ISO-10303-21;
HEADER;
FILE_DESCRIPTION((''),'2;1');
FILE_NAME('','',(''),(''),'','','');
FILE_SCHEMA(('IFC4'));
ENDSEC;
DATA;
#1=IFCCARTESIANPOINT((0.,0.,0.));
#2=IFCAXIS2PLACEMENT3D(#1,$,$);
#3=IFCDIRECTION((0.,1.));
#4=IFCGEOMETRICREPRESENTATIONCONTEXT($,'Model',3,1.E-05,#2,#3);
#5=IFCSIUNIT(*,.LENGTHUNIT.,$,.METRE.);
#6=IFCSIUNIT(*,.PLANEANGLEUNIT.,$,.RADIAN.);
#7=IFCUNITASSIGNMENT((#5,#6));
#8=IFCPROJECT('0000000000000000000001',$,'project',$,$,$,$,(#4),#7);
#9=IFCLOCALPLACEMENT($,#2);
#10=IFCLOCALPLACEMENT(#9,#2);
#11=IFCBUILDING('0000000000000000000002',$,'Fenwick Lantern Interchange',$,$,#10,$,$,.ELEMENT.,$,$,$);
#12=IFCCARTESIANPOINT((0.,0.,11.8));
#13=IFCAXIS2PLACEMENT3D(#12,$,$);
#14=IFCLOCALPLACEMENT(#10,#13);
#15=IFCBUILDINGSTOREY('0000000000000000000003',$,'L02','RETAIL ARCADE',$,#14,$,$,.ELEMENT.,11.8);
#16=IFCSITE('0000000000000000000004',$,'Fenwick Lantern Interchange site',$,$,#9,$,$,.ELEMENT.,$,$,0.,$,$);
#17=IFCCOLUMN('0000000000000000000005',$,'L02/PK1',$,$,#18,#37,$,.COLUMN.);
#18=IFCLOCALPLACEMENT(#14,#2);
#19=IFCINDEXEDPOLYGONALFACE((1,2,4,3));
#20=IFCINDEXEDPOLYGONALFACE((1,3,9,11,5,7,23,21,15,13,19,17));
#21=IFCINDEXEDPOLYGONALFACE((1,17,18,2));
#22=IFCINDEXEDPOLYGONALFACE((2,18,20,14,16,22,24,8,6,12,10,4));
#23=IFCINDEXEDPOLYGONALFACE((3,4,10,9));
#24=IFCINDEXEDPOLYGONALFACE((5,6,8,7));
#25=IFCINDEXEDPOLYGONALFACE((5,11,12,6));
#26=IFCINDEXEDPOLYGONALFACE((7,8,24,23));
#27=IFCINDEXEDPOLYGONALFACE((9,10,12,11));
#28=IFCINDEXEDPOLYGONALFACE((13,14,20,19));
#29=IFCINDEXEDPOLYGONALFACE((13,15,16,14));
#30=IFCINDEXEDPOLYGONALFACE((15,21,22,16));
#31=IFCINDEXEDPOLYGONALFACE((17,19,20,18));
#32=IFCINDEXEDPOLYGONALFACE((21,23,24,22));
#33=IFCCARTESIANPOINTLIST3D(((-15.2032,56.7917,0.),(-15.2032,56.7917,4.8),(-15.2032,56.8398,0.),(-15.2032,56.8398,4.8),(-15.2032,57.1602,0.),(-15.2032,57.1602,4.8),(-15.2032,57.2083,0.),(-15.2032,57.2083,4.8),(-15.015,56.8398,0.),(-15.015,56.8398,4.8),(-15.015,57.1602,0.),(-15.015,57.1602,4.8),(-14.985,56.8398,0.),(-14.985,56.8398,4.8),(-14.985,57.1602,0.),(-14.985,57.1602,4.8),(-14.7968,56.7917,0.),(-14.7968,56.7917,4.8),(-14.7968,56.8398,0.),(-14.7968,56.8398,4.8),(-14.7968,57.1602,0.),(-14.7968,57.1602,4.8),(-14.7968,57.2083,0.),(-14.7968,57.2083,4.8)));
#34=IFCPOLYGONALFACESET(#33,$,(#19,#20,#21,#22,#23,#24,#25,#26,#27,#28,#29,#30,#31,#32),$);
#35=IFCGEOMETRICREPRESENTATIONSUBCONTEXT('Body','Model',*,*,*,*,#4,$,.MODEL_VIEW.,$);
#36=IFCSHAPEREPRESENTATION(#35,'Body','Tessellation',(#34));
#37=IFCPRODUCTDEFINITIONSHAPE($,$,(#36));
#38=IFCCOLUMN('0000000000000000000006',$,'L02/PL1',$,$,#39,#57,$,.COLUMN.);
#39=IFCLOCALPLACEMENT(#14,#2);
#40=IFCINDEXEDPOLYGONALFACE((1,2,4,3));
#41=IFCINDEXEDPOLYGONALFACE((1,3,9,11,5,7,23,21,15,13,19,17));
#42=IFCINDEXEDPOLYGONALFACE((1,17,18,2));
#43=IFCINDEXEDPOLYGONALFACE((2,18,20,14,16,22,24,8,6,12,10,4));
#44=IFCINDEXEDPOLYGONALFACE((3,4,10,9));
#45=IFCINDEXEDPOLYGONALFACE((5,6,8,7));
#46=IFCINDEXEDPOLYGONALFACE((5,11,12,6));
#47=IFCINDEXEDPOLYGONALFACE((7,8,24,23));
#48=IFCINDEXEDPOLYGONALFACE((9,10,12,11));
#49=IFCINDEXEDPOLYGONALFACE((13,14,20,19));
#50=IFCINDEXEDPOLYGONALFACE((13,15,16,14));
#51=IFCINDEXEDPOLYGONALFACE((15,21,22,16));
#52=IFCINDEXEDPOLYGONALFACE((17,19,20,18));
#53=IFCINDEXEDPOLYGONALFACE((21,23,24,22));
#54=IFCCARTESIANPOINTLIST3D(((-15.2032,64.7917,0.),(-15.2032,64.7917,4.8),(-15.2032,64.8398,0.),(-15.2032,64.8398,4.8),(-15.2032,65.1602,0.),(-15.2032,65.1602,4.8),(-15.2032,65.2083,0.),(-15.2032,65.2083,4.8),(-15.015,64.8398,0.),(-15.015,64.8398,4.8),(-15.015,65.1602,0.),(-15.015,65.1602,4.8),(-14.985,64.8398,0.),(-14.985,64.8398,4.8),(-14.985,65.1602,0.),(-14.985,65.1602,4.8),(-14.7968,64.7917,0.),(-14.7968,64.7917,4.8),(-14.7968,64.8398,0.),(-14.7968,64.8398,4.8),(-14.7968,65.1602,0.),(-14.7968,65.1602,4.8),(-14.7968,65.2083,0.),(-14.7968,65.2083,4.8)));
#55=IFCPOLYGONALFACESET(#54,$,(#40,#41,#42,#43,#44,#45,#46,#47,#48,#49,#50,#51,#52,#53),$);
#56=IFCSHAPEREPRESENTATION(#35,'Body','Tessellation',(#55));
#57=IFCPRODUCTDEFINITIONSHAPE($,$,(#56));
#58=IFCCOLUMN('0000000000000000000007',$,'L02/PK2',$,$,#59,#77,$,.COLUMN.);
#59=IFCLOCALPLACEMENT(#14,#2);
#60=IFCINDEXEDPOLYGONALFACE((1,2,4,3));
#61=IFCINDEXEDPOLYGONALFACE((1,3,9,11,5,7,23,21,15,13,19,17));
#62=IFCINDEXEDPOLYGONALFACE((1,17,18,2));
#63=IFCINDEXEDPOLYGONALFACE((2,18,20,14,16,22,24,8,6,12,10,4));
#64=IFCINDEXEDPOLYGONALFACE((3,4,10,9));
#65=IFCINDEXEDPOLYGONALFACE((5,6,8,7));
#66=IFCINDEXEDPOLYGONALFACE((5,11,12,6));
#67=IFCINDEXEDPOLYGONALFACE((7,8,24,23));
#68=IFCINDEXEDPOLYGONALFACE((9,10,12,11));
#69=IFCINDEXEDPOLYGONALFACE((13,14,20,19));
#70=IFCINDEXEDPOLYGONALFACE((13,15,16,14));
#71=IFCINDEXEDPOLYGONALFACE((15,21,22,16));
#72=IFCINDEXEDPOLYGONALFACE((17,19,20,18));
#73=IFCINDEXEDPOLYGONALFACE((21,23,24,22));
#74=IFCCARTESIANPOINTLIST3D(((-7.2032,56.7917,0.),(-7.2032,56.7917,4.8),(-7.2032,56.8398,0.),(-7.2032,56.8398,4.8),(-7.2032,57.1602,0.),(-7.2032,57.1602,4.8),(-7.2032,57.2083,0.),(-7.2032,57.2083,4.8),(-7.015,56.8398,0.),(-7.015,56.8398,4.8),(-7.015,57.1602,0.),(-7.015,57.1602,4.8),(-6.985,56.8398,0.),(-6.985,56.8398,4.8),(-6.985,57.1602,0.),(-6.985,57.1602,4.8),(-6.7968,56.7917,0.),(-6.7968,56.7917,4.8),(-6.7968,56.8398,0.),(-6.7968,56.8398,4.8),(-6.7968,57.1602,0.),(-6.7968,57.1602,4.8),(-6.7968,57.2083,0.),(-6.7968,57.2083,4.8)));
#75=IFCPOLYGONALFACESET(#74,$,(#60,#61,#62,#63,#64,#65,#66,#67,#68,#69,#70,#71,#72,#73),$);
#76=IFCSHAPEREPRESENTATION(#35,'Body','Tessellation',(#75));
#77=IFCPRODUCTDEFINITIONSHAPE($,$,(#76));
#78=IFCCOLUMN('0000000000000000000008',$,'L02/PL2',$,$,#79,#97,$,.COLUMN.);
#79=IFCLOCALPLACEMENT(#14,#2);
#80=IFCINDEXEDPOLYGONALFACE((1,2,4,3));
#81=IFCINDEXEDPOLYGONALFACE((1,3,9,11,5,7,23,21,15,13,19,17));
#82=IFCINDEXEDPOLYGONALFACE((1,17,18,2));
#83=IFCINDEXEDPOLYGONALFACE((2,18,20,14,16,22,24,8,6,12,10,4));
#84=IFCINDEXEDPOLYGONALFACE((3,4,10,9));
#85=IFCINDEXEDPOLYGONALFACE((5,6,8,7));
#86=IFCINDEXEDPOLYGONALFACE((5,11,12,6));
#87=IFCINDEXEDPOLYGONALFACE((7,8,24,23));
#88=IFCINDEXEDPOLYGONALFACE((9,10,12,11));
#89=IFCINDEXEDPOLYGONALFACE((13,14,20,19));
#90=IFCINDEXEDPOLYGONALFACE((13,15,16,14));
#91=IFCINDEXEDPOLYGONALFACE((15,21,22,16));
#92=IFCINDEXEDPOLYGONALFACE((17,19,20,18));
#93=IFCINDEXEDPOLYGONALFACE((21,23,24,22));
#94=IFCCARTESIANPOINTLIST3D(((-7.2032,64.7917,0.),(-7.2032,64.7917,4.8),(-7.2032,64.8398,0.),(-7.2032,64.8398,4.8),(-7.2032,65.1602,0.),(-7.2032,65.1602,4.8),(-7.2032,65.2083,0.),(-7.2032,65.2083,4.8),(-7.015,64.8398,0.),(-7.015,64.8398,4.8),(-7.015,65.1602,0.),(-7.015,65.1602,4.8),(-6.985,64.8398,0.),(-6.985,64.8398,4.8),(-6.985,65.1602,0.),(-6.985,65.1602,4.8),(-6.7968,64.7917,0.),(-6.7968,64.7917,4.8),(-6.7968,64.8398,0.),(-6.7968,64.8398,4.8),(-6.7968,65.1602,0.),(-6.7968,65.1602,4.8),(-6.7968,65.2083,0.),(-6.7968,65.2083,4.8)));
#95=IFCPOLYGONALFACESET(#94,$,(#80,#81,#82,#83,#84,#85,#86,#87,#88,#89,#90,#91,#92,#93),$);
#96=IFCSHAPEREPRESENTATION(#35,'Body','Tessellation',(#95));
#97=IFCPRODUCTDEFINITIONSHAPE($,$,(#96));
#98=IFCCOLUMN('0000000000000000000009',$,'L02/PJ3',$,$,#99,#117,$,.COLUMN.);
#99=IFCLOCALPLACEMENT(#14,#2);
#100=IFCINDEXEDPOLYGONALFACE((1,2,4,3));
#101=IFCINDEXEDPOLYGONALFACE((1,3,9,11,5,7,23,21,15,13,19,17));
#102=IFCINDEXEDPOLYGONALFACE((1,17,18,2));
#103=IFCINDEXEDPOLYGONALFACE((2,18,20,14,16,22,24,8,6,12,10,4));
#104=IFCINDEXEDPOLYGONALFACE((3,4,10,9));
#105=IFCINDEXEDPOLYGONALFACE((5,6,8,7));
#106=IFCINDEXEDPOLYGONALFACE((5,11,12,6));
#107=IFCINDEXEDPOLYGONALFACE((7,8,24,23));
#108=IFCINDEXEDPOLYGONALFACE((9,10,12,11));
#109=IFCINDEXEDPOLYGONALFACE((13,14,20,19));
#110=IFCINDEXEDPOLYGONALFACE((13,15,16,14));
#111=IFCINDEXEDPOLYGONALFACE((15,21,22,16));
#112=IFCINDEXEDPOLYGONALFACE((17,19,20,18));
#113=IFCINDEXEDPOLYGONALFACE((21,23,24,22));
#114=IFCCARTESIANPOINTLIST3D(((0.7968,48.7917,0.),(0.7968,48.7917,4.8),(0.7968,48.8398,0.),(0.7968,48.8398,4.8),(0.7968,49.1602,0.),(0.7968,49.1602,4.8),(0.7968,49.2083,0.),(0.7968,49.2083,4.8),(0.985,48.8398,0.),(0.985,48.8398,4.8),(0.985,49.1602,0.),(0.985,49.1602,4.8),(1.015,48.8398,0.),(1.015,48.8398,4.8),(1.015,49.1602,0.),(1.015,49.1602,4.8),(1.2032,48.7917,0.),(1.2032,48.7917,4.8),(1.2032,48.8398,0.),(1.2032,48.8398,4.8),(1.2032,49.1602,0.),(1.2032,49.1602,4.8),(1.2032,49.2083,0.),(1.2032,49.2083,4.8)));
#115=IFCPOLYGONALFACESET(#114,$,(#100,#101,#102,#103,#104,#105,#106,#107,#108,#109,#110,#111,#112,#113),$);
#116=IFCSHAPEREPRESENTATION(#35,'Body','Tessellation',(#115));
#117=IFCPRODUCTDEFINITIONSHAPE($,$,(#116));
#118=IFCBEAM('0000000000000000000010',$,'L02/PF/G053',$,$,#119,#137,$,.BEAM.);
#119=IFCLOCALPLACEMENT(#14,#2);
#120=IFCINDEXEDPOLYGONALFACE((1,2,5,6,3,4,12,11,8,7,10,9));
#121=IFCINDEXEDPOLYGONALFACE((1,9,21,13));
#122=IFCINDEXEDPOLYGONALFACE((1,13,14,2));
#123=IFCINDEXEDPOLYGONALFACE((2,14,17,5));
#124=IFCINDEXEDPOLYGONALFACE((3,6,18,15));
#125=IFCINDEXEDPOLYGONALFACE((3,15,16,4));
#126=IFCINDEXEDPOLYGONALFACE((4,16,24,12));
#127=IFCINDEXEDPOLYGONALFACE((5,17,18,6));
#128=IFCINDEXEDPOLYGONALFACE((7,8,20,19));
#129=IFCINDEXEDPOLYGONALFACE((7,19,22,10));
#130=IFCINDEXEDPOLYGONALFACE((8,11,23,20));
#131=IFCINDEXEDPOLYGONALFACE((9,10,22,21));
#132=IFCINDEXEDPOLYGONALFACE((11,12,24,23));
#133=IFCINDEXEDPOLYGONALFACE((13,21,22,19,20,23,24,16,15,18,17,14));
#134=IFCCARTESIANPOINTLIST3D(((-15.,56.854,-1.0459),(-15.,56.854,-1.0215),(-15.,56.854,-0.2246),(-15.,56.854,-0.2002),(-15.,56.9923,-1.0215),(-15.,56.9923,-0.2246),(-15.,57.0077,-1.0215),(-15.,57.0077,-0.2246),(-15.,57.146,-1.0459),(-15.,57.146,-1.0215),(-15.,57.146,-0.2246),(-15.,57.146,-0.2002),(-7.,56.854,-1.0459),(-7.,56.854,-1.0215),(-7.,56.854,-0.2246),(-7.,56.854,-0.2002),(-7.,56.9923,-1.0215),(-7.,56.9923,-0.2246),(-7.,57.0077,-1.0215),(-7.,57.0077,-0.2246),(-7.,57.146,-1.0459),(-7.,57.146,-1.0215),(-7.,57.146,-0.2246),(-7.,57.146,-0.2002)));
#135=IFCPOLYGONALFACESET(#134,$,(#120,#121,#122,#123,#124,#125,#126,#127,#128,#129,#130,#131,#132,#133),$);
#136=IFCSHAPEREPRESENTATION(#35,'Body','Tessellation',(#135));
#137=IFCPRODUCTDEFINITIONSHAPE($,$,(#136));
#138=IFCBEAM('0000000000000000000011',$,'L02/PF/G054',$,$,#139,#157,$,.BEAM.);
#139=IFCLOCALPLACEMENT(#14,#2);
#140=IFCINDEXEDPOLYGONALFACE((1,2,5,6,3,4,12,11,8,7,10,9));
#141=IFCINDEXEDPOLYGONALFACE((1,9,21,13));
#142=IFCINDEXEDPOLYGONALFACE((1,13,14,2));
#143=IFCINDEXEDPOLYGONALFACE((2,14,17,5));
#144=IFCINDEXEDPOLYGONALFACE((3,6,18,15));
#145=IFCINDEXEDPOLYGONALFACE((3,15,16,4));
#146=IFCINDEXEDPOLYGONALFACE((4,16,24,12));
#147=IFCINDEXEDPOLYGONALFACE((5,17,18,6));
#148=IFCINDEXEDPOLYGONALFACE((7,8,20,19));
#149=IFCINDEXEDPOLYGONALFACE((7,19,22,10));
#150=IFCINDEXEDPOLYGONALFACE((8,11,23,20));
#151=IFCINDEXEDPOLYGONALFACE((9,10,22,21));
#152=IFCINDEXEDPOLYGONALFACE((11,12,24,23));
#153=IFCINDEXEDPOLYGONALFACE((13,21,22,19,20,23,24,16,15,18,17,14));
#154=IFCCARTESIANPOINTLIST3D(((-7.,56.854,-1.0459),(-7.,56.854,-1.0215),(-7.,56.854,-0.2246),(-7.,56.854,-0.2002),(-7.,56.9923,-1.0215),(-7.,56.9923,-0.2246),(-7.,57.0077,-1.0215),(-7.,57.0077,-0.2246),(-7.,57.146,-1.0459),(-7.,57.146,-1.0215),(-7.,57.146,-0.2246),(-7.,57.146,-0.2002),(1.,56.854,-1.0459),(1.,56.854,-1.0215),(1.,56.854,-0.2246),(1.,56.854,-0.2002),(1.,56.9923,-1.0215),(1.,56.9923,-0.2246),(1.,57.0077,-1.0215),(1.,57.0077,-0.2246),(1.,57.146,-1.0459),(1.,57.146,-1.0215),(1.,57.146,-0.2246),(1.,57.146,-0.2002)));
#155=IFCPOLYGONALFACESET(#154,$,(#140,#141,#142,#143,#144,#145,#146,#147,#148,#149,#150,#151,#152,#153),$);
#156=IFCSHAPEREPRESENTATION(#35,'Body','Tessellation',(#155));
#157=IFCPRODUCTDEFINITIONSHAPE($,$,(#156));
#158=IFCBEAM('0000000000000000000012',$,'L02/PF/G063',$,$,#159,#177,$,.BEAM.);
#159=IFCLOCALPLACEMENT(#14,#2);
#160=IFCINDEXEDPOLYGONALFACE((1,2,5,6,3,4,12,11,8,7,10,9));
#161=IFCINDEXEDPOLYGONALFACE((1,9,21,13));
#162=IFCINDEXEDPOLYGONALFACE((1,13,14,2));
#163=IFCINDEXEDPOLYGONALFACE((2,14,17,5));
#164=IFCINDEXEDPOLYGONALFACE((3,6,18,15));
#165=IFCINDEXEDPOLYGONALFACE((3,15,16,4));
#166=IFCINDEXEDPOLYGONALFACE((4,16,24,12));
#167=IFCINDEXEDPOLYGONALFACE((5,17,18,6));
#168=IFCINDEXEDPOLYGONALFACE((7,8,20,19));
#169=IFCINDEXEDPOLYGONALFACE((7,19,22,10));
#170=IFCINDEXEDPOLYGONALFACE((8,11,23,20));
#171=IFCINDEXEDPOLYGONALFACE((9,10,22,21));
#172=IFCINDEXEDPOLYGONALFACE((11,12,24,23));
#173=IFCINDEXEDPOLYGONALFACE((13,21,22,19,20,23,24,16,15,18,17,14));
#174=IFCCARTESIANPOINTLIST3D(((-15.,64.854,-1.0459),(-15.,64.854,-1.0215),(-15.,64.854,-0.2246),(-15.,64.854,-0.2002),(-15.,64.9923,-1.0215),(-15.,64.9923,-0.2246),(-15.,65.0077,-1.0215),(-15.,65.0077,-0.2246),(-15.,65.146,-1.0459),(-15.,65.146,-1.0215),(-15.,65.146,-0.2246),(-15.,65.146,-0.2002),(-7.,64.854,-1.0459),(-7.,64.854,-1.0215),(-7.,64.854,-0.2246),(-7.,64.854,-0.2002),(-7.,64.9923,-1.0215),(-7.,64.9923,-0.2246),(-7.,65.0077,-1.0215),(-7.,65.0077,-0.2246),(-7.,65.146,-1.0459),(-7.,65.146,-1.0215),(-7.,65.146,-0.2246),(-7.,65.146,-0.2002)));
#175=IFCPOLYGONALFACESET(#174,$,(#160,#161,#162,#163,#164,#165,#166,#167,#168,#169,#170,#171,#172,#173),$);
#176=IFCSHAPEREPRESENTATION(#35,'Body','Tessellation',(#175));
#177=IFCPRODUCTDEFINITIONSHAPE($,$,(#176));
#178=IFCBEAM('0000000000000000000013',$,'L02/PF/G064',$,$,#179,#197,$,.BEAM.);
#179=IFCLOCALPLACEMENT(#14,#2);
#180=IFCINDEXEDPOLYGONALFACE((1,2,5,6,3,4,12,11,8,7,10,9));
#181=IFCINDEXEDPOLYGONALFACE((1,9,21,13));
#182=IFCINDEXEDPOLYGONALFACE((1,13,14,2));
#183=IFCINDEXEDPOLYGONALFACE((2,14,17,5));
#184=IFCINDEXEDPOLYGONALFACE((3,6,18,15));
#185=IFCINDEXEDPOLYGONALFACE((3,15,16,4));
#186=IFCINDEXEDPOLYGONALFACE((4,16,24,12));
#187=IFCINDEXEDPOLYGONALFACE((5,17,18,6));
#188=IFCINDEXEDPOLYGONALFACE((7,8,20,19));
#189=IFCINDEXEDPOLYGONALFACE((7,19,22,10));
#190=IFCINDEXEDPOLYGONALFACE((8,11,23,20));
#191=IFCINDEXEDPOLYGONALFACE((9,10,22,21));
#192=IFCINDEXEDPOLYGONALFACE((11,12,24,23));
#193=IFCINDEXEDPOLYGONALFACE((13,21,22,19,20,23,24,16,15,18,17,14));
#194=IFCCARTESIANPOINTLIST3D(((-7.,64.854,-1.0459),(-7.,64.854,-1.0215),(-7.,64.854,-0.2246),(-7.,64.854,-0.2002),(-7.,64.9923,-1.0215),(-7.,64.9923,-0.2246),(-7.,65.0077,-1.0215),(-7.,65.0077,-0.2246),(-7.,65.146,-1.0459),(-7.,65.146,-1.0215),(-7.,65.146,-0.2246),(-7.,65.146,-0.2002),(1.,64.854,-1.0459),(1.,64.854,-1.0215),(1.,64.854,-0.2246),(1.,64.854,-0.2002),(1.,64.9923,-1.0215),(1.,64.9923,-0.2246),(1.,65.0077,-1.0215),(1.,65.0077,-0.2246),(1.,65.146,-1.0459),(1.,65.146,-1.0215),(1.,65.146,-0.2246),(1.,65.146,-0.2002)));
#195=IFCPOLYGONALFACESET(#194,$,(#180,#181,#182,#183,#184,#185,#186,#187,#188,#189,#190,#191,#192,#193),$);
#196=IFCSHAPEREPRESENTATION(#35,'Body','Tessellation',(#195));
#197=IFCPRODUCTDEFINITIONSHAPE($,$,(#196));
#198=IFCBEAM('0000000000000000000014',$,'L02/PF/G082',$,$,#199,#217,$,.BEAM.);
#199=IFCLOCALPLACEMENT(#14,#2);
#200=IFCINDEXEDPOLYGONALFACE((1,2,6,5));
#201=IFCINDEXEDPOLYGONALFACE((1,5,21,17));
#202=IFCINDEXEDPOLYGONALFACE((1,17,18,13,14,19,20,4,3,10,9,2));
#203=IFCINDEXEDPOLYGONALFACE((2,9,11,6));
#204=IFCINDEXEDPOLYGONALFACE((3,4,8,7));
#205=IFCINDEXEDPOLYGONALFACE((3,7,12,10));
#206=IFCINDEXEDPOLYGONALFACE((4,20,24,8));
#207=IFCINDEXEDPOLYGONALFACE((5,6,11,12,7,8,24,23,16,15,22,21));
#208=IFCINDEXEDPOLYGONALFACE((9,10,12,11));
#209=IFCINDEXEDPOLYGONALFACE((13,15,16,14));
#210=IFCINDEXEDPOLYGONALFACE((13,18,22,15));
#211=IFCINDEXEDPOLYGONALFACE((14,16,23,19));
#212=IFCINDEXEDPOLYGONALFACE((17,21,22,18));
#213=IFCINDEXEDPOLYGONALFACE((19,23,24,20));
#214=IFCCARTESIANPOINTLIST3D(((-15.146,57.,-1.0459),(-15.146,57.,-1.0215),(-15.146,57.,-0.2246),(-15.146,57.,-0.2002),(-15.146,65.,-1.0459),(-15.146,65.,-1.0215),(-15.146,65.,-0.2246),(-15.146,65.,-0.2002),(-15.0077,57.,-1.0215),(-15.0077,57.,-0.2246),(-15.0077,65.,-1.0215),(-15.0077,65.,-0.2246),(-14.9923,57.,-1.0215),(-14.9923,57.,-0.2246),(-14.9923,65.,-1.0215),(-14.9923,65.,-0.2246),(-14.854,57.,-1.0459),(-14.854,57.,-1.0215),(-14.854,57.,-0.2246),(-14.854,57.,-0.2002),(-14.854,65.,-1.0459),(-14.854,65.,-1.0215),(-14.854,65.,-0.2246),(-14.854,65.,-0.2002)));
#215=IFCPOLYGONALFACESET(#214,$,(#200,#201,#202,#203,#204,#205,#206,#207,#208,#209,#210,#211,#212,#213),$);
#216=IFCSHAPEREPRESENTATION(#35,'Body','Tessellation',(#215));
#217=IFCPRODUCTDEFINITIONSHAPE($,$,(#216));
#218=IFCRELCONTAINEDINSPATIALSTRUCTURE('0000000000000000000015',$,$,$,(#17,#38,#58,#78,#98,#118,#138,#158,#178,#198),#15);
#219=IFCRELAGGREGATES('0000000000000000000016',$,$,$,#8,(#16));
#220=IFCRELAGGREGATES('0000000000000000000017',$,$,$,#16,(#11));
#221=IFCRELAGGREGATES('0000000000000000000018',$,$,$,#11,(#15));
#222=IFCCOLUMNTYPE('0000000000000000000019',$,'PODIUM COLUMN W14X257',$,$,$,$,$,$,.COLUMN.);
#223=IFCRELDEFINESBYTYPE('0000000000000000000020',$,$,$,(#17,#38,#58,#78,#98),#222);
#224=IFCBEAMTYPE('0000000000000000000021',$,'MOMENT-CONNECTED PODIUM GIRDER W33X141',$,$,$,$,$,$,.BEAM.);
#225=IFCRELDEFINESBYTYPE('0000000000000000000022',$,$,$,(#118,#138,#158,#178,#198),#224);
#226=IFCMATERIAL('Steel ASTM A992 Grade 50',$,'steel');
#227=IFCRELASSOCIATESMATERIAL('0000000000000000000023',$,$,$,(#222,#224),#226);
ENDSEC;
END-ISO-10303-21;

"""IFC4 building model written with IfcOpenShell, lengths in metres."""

from ifc_helpers import new_model, si_unit, direction, frame, origin, origin_2d, place, context, subcontext, project, spatial, i_section, extrude, material, material_profile, profile_set, type_object, element, save


model = new_model("IFC4")

# Units and contexts
model_context = context("Model", 3, precision=1e-05, world=origin(), true_north=direction((0.0, 1.0)))
body_context = subcontext(model_context, "Body", "Model", "MODEL_VIEW")
ifc_project = project(units=[si_unit("LENGTHUNIT", "METRE"), si_unit("PLANEANGLEUNIT", "RADIAN")], contexts=[model_context])

# Site, building, storey
site_placement = place(None, origin())
site = spatial("IfcSite", under=ifc_project, at=site_placement, Name="Fenwick Lantern Interchange site", CompositionType="ELEMENT", RefElevation=0.0)
building_placement = place(site_placement, origin())
building = spatial("IfcBuilding", under=site, at=building_placement, Name="Fenwick Lantern Interchange", CompositionType="ELEMENT")
storey_placement = place(building_placement, frame((0.0, 0.0, 11.8)))
storey = spatial("IfcBuildingStorey", under=building, at=storey_placement, Name="L02", Description="RETAIL ARCADE", CompositionType="ELEMENT", Elevation=11.8)

# Columns
ifc_material_1 = material(Name="Steel ASTM A992 Grade 50", Category="steel")
ifc_material_profile_1 = material_profile(ifc_material_1, i_section(OverallWidth=0.4065, OverallDepth=0.4165, WebThickness=0.03, FlangeThickness=0.0481, at=origin_2d()), Name="W14X257")
ifc_profile_set_1 = profile_set([ifc_material_profile_1], Name="Steel ASTM A992 Grade 50")
column_type = type_object("IfcColumnType", Name="PODIUM COLUMN W14X257", PredefinedType="COLUMN", material=ifc_profile_set_1)
for number, where, z_axis, x_axis, name in (
    (1, (-15.0, 57.0, 0.0), (0.0, 0.0, 1.0), (1.0, 0.0, 0.0), "L02/PK1"),
    (2, (-15.0, 65.0, 0.0), (0.0, 0.0, 1.0), (1.0, 0.0, 0.0), "L02/PL1"),
    (3, (-7.0, 57.0, 0.0), (0.0, 0.0, 1.0), (1.0, 0.0, 0.0), "L02/PK2"),
    (4, (-7.0, 65.0, 0.0), (0.0, 0.0, 1.0), (1.0, 0.0, 0.0), "L02/PL2"),
    (5, (1.0, 49.0, 0.0), (0.0, 0.0, 1.0), (1.0, 0.0, 0.0), "L02/PJ3"),
):
    element("IfcColumn", number, at=place(storey_placement, frame(where, z_axis=z_axis, x_axis=x_axis)), inside=storey, type_object=column_type, Name=name, PredefinedType="COLUMN", context=body_context, shape_type="SweptSolid", body=[
        extrude(i_section(OverallWidth=0.4065, OverallDepth=0.4165, WebThickness=0.03, FlangeThickness=0.0481, at=origin_2d()), origin(), (0.0, 0.0, 1.0), 4.8),
    ])

# Beams
ifc_material_profile_2 = material_profile(ifc_material_1, i_section(OverallWidth=0.292, OverallDepth=0.8457, WebThickness=0.0154, FlangeThickness=0.0244, at=origin_2d()), Name="W33X141")
ifc_profile_set_2 = profile_set([ifc_material_profile_2], Name="Steel ASTM A992 Grade 50")
beam_type_1 = type_object("IfcBeamType", Name="MOMENT-CONNECTED PODIUM GIRDER W33X141", PredefinedType="BEAM", material=ifc_profile_set_2)
for number, where, z_axis, x_axis, name in (
    (6, (-15.0, 57.0, -0.623), (1.0, 0.0, 0.0), (0.0, 1.0, 0.0), "L02/PF/G053"),
    (7, (-7.0, 57.0, -0.623), (1.0, 0.0, 0.0), (0.0, 1.0, 0.0), "L02/PF/G054"),
    (8, (-15.0, 65.0, -0.623), (1.0, 0.0, 0.0), (0.0, 1.0, 0.0), "L02/PF/G063"),
    (9, (-7.0, 65.0, -0.623), (1.0, 0.0, 0.0), (0.0, 1.0, 0.0), "L02/PF/G064"),
    (10, (-15.0, 57.0, -0.623), (0.0, 1.0, 0.0), (-1.0, 0.0, 0.0), "L02/PF/G082"),
):
    element("IfcBeam", number, at=place(storey_placement, frame(where, z_axis=z_axis, x_axis=x_axis)), inside=storey, type_object=beam_type_1, Name=name, PredefinedType="BEAM", context=body_context, shape_type="SweptSolid", body=[
        extrude(i_section(OverallWidth=0.292, OverallDepth=0.8457, WebThickness=0.0154, FlangeThickness=0.0244, at=origin_2d()), origin(), (0.0, 0.0, 1.0), 8.0),
    ])

save(model, "model.ifc")
